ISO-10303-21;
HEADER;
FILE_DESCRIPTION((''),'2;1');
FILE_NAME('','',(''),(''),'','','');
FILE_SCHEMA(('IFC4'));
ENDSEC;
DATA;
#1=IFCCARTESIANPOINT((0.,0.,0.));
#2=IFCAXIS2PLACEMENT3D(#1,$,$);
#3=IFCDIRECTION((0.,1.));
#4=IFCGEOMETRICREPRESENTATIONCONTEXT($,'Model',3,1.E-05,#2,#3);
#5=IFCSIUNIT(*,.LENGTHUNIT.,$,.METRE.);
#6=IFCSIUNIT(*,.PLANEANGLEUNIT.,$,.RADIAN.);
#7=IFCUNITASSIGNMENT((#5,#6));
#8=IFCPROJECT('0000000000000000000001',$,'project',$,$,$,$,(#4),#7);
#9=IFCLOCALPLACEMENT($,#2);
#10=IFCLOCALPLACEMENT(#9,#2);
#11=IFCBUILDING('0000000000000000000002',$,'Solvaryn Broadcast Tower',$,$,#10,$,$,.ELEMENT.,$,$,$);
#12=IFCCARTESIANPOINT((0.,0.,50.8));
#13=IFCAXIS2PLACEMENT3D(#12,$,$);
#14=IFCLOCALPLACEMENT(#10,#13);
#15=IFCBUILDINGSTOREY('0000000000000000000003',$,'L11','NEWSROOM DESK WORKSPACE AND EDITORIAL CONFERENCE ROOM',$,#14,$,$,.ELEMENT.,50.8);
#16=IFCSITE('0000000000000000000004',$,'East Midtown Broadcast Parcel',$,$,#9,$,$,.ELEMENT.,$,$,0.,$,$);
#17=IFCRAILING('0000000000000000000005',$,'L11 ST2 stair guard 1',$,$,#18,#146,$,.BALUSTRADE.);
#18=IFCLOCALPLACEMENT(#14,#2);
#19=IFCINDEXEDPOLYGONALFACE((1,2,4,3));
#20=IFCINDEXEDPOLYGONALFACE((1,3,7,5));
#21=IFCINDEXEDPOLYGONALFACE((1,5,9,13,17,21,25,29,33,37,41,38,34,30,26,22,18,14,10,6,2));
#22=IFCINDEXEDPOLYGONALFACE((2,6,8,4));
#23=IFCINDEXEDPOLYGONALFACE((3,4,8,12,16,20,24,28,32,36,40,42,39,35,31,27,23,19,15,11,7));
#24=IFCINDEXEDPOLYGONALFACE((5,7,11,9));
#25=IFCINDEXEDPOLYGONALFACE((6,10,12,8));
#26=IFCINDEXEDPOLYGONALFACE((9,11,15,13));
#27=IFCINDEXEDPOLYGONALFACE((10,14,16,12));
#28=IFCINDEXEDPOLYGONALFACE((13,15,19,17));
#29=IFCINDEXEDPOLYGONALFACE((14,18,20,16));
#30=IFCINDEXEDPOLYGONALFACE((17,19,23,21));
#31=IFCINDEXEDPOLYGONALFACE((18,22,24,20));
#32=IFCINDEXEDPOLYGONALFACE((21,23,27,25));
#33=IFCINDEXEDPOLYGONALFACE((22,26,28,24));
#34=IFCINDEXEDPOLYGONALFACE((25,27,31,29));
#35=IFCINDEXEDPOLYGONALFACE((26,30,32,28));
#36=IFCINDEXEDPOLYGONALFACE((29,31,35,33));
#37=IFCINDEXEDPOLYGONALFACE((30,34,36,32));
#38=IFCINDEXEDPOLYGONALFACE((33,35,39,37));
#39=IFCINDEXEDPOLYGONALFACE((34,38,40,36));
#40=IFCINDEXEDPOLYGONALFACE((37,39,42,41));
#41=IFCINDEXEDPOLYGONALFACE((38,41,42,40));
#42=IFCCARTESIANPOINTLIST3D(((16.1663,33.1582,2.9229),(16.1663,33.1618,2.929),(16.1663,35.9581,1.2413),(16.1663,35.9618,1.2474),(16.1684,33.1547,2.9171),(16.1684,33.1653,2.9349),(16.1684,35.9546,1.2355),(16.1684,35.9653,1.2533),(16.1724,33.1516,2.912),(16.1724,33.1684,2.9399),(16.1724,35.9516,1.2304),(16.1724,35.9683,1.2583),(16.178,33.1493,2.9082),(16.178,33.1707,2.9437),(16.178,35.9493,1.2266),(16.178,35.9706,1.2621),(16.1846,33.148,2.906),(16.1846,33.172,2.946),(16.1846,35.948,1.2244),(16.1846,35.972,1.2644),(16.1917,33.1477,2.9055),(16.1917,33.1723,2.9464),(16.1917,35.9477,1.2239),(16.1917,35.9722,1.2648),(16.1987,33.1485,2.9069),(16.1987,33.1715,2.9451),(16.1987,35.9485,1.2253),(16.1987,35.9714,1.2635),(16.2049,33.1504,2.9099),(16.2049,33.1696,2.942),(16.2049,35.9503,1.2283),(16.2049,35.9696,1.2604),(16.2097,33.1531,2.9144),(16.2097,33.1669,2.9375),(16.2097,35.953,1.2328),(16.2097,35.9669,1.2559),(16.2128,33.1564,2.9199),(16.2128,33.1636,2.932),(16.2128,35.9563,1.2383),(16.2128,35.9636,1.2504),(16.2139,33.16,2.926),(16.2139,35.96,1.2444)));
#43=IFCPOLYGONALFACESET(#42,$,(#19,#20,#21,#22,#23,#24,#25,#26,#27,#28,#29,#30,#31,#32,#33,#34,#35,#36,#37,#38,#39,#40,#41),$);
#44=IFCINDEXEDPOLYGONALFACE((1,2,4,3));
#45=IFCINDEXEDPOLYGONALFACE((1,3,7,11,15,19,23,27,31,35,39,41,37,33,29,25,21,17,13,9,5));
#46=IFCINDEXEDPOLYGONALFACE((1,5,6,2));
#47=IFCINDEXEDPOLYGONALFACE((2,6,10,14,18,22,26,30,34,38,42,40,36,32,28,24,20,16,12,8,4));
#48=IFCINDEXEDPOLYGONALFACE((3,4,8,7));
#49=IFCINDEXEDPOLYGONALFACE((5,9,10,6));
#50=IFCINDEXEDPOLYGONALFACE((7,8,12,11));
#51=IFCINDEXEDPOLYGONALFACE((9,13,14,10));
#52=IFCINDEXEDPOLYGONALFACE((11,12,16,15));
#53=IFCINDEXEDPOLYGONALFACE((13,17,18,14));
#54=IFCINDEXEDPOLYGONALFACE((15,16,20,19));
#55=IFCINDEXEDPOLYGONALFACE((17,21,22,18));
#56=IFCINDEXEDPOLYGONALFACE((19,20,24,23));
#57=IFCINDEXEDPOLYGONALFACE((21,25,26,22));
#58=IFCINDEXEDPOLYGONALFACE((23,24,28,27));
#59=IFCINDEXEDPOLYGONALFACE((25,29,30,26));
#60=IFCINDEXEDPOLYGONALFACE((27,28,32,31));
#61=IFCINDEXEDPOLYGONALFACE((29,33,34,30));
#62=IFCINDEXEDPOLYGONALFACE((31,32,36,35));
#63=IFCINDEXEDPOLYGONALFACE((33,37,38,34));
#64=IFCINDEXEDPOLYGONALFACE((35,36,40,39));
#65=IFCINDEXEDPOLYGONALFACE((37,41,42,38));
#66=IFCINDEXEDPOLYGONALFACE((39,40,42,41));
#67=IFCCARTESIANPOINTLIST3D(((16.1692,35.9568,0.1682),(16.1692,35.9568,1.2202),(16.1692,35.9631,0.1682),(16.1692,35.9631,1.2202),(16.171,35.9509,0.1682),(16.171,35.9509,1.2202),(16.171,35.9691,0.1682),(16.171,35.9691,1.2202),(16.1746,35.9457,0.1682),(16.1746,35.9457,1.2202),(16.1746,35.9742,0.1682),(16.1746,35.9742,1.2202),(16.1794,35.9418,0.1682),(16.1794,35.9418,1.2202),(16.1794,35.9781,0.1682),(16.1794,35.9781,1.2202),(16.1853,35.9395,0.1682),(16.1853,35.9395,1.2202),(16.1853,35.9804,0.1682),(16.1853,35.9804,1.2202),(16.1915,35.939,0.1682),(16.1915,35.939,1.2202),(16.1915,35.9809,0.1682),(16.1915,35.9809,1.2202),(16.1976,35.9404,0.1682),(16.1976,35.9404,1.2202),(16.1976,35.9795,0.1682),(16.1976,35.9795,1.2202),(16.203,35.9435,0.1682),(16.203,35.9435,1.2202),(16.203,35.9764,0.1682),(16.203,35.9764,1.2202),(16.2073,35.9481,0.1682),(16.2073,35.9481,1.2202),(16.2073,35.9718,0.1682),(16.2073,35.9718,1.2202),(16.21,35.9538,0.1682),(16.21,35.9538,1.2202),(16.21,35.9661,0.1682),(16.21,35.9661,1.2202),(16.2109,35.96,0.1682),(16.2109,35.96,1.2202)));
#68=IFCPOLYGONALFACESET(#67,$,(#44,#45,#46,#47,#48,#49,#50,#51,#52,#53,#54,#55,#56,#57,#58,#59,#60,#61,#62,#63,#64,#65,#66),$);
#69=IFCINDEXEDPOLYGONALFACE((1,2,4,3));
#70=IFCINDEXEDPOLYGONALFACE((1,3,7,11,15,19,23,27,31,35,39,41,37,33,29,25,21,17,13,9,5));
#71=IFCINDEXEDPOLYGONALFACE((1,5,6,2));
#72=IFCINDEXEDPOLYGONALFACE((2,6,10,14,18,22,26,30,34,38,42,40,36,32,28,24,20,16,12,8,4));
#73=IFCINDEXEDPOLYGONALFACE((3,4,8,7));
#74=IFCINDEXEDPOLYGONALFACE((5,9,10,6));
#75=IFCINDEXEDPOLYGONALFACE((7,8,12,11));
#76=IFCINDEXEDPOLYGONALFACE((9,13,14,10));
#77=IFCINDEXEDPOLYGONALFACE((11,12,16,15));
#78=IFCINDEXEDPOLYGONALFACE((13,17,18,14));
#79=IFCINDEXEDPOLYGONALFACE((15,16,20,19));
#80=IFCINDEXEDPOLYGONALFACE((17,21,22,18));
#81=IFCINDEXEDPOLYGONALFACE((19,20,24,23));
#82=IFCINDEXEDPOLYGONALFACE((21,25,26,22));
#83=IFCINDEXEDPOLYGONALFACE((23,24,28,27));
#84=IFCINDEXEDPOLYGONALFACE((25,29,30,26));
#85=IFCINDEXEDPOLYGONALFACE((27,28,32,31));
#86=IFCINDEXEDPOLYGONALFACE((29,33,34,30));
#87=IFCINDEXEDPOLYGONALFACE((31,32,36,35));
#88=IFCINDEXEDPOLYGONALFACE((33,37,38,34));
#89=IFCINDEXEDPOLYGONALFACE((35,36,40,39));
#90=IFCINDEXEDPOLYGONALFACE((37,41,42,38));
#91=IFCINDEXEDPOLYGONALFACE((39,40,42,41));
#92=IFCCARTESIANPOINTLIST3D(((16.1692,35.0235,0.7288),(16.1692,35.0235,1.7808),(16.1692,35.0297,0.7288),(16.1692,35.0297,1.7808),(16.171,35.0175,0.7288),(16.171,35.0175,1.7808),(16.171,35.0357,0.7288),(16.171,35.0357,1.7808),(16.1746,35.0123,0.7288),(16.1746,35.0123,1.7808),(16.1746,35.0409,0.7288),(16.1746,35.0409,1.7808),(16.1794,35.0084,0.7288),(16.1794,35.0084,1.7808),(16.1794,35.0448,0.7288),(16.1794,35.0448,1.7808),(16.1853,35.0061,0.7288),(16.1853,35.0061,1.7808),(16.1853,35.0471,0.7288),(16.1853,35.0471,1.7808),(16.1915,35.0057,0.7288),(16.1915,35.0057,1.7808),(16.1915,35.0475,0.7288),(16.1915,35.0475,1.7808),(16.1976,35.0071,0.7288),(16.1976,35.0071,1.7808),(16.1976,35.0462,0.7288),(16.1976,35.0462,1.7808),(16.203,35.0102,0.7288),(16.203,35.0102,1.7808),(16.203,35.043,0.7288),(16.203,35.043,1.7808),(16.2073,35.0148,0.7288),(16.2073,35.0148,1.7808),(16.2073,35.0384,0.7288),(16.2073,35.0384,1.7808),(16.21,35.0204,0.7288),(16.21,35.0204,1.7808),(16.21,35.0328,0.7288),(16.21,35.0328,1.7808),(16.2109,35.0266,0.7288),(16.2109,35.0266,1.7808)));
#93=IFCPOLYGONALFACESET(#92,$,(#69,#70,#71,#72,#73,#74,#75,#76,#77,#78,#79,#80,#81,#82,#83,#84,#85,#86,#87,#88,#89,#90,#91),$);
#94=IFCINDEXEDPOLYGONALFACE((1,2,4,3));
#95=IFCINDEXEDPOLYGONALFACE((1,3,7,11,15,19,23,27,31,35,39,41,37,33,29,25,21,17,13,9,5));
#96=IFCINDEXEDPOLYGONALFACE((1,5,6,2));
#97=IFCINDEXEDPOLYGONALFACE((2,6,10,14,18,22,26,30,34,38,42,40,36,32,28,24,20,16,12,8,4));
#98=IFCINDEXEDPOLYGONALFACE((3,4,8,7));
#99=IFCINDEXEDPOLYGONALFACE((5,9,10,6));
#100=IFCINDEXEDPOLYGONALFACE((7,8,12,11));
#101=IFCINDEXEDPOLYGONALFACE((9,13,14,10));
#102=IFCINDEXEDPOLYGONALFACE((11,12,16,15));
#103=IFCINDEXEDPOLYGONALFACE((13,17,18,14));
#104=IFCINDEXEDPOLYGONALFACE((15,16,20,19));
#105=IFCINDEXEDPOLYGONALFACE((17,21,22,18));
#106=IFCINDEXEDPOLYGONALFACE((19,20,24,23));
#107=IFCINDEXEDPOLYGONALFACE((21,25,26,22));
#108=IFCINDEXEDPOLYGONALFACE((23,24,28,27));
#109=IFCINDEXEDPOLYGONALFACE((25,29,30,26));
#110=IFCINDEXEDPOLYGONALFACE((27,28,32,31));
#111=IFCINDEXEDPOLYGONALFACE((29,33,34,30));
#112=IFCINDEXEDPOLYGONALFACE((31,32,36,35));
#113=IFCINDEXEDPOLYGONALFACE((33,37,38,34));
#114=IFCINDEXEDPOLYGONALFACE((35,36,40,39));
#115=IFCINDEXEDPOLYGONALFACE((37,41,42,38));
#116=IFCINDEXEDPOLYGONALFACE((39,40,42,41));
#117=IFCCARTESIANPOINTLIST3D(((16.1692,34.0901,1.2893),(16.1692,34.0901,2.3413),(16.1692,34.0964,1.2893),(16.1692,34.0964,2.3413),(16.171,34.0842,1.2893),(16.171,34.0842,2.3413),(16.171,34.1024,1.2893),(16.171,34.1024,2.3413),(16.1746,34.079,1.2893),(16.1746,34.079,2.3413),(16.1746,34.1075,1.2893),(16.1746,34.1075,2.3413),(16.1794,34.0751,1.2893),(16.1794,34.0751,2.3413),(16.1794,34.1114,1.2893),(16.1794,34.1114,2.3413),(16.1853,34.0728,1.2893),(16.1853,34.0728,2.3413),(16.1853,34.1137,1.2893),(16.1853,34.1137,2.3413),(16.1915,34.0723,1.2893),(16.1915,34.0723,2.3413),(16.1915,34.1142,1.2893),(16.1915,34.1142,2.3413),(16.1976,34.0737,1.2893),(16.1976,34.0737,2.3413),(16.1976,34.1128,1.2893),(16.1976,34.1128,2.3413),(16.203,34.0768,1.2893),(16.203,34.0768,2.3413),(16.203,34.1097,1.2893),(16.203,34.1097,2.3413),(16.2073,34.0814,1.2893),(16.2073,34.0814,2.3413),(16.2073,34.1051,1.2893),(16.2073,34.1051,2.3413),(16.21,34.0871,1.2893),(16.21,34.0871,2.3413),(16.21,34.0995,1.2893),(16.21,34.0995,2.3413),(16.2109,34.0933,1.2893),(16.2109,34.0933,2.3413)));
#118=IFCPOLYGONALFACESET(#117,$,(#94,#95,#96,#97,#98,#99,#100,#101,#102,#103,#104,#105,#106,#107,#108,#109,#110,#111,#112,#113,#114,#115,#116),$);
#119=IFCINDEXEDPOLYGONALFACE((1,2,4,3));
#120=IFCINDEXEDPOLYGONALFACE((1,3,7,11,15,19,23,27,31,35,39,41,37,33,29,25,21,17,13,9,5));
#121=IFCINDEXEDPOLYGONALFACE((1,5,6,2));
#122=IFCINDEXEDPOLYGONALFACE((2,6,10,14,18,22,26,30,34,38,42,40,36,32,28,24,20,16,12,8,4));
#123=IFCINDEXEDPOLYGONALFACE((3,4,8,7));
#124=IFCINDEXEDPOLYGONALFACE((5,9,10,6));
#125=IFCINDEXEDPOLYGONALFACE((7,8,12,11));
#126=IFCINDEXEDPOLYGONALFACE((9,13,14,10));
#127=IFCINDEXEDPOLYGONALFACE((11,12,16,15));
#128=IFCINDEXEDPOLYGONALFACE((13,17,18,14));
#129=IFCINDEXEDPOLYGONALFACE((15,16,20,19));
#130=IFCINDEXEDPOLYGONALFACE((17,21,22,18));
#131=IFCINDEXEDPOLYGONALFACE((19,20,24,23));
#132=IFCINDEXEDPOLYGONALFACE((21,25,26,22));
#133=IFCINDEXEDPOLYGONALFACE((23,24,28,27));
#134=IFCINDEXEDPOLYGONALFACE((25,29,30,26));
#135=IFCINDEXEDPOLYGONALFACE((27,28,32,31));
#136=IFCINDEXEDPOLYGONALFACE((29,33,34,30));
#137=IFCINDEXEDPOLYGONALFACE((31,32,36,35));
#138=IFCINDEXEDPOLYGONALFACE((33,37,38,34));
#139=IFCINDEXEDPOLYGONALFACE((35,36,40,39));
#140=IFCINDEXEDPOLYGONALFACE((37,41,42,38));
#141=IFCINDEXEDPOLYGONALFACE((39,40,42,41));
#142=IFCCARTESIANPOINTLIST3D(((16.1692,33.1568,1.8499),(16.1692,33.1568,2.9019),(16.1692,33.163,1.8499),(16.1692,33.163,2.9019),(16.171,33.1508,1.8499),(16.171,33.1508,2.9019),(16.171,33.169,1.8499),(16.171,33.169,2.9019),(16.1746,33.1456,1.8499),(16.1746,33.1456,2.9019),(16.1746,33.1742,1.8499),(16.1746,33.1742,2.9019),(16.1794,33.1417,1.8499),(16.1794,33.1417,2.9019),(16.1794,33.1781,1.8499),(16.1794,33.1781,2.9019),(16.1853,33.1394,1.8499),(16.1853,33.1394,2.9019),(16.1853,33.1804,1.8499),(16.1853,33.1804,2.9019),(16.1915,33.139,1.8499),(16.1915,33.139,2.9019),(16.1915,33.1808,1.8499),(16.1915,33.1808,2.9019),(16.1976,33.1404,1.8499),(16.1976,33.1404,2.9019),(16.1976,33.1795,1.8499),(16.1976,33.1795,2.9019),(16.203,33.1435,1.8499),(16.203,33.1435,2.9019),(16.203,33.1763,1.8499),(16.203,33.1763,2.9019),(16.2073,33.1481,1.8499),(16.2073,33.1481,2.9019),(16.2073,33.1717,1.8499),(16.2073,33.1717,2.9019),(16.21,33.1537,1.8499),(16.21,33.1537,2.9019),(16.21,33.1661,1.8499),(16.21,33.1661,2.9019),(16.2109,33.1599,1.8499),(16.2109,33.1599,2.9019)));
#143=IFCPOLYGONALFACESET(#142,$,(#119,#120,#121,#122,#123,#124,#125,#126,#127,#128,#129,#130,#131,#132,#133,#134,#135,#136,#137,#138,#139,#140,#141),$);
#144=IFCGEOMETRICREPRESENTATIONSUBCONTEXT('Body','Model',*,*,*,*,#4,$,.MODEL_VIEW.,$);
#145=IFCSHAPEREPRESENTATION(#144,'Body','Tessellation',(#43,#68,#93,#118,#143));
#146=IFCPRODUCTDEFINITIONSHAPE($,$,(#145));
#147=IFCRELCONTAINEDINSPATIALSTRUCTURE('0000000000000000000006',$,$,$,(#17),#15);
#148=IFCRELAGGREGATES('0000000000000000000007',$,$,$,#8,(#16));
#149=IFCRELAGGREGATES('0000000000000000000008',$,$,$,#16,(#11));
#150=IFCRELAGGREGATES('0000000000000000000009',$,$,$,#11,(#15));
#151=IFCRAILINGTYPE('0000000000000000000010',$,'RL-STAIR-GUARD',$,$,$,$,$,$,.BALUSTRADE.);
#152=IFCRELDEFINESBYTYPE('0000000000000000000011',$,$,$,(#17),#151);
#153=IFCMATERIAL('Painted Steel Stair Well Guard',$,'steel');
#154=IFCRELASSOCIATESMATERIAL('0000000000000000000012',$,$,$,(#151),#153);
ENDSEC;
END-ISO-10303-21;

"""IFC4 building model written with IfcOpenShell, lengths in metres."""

from ifc_helpers import new_model, si_unit, direction, frame, origin, origin_2d, place, context, subcontext, project, spatial, circle, extrude, material, type_object, element, save


model = new_model("IFC4")

# Units and contexts
model_context = context("Model", 3, precision=1e-05, world=origin(), true_north=direction((0.0, 1.0)))
body_context = subcontext(model_context, "Body", "Model", "MODEL_VIEW")
ifc_project = project(units=[si_unit("LENGTHUNIT", "METRE"), si_unit("PLANEANGLEUNIT", "RADIAN")], contexts=[model_context])

# Site, building, storey
site_placement = place(None, origin())
site = spatial("IfcSite", under=ifc_project, at=site_placement, Name="East Midtown Broadcast Parcel", CompositionType="ELEMENT", RefElevation=0.0)
building_placement = place(site_placement, origin())
building = spatial("IfcBuilding", under=site, at=building_placement, Name="Solvaryn Broadcast Tower", CompositionType="ELEMENT")
storey_placement = place(building_placement, frame((0.0, 0.0, 50.8)))
storey = spatial("IfcBuildingStorey", under=building, at=storey_placement, Name="L11", Description="NEWSROOM DESK WORKSPACE AND EDITORIAL CONFERENCE ROOM", CompositionType="ELEMENT", Elevation=50.8)

# Railing
ifc_material_1 = material(Name="Painted Steel Stair Well Guard", Category="steel")
railing_type_1 = type_object("IfcRailingType", Name="RL-STAIR-GUARD", PredefinedType="BALUSTRADE", material=ifc_material_1)
railing_1_placement = place(storey_placement, frame((16.1899, 35.96, 0.1682)))
element("IfcRailing", 1, at=railing_1_placement, inside=storey, type_object=railing_type_1, Name="L11 ST2 stair guard 1", PredefinedType="BALUSTRADE", context=body_context, shape_type="SweptSolid", body=[
    extrude(circle(Radius=0.0239, at=origin_2d()), frame((0.0, 0.0, 1.0762), z_axis=(0.0, -0.857275, 0.514858), x_axis=(1.0, 0.0, 0.0)), (0.0, 0.0, 1.0), 3.2661),
    extrude(circle(Radius=0.021, at=origin_2d()), origin(), (0.0, 0.0, 1.0), 1.052),
    extrude(circle(Radius=0.021, at=origin_2d()), frame((0.0, -0.9333, 0.5605)), (0.0, 0.0, 1.0), 1.052),
    extrude(circle(Radius=0.021, at=origin_2d()), frame((0.0, -1.8667, 1.1211)), (0.0, 0.0, 1.0), 1.052),
    extrude(circle(Radius=0.021, at=origin_2d()), frame((0.0, -2.8, 1.6816)), (0.0, 0.0, 1.0), 1.052),
])

save(model, "model.ifc")
